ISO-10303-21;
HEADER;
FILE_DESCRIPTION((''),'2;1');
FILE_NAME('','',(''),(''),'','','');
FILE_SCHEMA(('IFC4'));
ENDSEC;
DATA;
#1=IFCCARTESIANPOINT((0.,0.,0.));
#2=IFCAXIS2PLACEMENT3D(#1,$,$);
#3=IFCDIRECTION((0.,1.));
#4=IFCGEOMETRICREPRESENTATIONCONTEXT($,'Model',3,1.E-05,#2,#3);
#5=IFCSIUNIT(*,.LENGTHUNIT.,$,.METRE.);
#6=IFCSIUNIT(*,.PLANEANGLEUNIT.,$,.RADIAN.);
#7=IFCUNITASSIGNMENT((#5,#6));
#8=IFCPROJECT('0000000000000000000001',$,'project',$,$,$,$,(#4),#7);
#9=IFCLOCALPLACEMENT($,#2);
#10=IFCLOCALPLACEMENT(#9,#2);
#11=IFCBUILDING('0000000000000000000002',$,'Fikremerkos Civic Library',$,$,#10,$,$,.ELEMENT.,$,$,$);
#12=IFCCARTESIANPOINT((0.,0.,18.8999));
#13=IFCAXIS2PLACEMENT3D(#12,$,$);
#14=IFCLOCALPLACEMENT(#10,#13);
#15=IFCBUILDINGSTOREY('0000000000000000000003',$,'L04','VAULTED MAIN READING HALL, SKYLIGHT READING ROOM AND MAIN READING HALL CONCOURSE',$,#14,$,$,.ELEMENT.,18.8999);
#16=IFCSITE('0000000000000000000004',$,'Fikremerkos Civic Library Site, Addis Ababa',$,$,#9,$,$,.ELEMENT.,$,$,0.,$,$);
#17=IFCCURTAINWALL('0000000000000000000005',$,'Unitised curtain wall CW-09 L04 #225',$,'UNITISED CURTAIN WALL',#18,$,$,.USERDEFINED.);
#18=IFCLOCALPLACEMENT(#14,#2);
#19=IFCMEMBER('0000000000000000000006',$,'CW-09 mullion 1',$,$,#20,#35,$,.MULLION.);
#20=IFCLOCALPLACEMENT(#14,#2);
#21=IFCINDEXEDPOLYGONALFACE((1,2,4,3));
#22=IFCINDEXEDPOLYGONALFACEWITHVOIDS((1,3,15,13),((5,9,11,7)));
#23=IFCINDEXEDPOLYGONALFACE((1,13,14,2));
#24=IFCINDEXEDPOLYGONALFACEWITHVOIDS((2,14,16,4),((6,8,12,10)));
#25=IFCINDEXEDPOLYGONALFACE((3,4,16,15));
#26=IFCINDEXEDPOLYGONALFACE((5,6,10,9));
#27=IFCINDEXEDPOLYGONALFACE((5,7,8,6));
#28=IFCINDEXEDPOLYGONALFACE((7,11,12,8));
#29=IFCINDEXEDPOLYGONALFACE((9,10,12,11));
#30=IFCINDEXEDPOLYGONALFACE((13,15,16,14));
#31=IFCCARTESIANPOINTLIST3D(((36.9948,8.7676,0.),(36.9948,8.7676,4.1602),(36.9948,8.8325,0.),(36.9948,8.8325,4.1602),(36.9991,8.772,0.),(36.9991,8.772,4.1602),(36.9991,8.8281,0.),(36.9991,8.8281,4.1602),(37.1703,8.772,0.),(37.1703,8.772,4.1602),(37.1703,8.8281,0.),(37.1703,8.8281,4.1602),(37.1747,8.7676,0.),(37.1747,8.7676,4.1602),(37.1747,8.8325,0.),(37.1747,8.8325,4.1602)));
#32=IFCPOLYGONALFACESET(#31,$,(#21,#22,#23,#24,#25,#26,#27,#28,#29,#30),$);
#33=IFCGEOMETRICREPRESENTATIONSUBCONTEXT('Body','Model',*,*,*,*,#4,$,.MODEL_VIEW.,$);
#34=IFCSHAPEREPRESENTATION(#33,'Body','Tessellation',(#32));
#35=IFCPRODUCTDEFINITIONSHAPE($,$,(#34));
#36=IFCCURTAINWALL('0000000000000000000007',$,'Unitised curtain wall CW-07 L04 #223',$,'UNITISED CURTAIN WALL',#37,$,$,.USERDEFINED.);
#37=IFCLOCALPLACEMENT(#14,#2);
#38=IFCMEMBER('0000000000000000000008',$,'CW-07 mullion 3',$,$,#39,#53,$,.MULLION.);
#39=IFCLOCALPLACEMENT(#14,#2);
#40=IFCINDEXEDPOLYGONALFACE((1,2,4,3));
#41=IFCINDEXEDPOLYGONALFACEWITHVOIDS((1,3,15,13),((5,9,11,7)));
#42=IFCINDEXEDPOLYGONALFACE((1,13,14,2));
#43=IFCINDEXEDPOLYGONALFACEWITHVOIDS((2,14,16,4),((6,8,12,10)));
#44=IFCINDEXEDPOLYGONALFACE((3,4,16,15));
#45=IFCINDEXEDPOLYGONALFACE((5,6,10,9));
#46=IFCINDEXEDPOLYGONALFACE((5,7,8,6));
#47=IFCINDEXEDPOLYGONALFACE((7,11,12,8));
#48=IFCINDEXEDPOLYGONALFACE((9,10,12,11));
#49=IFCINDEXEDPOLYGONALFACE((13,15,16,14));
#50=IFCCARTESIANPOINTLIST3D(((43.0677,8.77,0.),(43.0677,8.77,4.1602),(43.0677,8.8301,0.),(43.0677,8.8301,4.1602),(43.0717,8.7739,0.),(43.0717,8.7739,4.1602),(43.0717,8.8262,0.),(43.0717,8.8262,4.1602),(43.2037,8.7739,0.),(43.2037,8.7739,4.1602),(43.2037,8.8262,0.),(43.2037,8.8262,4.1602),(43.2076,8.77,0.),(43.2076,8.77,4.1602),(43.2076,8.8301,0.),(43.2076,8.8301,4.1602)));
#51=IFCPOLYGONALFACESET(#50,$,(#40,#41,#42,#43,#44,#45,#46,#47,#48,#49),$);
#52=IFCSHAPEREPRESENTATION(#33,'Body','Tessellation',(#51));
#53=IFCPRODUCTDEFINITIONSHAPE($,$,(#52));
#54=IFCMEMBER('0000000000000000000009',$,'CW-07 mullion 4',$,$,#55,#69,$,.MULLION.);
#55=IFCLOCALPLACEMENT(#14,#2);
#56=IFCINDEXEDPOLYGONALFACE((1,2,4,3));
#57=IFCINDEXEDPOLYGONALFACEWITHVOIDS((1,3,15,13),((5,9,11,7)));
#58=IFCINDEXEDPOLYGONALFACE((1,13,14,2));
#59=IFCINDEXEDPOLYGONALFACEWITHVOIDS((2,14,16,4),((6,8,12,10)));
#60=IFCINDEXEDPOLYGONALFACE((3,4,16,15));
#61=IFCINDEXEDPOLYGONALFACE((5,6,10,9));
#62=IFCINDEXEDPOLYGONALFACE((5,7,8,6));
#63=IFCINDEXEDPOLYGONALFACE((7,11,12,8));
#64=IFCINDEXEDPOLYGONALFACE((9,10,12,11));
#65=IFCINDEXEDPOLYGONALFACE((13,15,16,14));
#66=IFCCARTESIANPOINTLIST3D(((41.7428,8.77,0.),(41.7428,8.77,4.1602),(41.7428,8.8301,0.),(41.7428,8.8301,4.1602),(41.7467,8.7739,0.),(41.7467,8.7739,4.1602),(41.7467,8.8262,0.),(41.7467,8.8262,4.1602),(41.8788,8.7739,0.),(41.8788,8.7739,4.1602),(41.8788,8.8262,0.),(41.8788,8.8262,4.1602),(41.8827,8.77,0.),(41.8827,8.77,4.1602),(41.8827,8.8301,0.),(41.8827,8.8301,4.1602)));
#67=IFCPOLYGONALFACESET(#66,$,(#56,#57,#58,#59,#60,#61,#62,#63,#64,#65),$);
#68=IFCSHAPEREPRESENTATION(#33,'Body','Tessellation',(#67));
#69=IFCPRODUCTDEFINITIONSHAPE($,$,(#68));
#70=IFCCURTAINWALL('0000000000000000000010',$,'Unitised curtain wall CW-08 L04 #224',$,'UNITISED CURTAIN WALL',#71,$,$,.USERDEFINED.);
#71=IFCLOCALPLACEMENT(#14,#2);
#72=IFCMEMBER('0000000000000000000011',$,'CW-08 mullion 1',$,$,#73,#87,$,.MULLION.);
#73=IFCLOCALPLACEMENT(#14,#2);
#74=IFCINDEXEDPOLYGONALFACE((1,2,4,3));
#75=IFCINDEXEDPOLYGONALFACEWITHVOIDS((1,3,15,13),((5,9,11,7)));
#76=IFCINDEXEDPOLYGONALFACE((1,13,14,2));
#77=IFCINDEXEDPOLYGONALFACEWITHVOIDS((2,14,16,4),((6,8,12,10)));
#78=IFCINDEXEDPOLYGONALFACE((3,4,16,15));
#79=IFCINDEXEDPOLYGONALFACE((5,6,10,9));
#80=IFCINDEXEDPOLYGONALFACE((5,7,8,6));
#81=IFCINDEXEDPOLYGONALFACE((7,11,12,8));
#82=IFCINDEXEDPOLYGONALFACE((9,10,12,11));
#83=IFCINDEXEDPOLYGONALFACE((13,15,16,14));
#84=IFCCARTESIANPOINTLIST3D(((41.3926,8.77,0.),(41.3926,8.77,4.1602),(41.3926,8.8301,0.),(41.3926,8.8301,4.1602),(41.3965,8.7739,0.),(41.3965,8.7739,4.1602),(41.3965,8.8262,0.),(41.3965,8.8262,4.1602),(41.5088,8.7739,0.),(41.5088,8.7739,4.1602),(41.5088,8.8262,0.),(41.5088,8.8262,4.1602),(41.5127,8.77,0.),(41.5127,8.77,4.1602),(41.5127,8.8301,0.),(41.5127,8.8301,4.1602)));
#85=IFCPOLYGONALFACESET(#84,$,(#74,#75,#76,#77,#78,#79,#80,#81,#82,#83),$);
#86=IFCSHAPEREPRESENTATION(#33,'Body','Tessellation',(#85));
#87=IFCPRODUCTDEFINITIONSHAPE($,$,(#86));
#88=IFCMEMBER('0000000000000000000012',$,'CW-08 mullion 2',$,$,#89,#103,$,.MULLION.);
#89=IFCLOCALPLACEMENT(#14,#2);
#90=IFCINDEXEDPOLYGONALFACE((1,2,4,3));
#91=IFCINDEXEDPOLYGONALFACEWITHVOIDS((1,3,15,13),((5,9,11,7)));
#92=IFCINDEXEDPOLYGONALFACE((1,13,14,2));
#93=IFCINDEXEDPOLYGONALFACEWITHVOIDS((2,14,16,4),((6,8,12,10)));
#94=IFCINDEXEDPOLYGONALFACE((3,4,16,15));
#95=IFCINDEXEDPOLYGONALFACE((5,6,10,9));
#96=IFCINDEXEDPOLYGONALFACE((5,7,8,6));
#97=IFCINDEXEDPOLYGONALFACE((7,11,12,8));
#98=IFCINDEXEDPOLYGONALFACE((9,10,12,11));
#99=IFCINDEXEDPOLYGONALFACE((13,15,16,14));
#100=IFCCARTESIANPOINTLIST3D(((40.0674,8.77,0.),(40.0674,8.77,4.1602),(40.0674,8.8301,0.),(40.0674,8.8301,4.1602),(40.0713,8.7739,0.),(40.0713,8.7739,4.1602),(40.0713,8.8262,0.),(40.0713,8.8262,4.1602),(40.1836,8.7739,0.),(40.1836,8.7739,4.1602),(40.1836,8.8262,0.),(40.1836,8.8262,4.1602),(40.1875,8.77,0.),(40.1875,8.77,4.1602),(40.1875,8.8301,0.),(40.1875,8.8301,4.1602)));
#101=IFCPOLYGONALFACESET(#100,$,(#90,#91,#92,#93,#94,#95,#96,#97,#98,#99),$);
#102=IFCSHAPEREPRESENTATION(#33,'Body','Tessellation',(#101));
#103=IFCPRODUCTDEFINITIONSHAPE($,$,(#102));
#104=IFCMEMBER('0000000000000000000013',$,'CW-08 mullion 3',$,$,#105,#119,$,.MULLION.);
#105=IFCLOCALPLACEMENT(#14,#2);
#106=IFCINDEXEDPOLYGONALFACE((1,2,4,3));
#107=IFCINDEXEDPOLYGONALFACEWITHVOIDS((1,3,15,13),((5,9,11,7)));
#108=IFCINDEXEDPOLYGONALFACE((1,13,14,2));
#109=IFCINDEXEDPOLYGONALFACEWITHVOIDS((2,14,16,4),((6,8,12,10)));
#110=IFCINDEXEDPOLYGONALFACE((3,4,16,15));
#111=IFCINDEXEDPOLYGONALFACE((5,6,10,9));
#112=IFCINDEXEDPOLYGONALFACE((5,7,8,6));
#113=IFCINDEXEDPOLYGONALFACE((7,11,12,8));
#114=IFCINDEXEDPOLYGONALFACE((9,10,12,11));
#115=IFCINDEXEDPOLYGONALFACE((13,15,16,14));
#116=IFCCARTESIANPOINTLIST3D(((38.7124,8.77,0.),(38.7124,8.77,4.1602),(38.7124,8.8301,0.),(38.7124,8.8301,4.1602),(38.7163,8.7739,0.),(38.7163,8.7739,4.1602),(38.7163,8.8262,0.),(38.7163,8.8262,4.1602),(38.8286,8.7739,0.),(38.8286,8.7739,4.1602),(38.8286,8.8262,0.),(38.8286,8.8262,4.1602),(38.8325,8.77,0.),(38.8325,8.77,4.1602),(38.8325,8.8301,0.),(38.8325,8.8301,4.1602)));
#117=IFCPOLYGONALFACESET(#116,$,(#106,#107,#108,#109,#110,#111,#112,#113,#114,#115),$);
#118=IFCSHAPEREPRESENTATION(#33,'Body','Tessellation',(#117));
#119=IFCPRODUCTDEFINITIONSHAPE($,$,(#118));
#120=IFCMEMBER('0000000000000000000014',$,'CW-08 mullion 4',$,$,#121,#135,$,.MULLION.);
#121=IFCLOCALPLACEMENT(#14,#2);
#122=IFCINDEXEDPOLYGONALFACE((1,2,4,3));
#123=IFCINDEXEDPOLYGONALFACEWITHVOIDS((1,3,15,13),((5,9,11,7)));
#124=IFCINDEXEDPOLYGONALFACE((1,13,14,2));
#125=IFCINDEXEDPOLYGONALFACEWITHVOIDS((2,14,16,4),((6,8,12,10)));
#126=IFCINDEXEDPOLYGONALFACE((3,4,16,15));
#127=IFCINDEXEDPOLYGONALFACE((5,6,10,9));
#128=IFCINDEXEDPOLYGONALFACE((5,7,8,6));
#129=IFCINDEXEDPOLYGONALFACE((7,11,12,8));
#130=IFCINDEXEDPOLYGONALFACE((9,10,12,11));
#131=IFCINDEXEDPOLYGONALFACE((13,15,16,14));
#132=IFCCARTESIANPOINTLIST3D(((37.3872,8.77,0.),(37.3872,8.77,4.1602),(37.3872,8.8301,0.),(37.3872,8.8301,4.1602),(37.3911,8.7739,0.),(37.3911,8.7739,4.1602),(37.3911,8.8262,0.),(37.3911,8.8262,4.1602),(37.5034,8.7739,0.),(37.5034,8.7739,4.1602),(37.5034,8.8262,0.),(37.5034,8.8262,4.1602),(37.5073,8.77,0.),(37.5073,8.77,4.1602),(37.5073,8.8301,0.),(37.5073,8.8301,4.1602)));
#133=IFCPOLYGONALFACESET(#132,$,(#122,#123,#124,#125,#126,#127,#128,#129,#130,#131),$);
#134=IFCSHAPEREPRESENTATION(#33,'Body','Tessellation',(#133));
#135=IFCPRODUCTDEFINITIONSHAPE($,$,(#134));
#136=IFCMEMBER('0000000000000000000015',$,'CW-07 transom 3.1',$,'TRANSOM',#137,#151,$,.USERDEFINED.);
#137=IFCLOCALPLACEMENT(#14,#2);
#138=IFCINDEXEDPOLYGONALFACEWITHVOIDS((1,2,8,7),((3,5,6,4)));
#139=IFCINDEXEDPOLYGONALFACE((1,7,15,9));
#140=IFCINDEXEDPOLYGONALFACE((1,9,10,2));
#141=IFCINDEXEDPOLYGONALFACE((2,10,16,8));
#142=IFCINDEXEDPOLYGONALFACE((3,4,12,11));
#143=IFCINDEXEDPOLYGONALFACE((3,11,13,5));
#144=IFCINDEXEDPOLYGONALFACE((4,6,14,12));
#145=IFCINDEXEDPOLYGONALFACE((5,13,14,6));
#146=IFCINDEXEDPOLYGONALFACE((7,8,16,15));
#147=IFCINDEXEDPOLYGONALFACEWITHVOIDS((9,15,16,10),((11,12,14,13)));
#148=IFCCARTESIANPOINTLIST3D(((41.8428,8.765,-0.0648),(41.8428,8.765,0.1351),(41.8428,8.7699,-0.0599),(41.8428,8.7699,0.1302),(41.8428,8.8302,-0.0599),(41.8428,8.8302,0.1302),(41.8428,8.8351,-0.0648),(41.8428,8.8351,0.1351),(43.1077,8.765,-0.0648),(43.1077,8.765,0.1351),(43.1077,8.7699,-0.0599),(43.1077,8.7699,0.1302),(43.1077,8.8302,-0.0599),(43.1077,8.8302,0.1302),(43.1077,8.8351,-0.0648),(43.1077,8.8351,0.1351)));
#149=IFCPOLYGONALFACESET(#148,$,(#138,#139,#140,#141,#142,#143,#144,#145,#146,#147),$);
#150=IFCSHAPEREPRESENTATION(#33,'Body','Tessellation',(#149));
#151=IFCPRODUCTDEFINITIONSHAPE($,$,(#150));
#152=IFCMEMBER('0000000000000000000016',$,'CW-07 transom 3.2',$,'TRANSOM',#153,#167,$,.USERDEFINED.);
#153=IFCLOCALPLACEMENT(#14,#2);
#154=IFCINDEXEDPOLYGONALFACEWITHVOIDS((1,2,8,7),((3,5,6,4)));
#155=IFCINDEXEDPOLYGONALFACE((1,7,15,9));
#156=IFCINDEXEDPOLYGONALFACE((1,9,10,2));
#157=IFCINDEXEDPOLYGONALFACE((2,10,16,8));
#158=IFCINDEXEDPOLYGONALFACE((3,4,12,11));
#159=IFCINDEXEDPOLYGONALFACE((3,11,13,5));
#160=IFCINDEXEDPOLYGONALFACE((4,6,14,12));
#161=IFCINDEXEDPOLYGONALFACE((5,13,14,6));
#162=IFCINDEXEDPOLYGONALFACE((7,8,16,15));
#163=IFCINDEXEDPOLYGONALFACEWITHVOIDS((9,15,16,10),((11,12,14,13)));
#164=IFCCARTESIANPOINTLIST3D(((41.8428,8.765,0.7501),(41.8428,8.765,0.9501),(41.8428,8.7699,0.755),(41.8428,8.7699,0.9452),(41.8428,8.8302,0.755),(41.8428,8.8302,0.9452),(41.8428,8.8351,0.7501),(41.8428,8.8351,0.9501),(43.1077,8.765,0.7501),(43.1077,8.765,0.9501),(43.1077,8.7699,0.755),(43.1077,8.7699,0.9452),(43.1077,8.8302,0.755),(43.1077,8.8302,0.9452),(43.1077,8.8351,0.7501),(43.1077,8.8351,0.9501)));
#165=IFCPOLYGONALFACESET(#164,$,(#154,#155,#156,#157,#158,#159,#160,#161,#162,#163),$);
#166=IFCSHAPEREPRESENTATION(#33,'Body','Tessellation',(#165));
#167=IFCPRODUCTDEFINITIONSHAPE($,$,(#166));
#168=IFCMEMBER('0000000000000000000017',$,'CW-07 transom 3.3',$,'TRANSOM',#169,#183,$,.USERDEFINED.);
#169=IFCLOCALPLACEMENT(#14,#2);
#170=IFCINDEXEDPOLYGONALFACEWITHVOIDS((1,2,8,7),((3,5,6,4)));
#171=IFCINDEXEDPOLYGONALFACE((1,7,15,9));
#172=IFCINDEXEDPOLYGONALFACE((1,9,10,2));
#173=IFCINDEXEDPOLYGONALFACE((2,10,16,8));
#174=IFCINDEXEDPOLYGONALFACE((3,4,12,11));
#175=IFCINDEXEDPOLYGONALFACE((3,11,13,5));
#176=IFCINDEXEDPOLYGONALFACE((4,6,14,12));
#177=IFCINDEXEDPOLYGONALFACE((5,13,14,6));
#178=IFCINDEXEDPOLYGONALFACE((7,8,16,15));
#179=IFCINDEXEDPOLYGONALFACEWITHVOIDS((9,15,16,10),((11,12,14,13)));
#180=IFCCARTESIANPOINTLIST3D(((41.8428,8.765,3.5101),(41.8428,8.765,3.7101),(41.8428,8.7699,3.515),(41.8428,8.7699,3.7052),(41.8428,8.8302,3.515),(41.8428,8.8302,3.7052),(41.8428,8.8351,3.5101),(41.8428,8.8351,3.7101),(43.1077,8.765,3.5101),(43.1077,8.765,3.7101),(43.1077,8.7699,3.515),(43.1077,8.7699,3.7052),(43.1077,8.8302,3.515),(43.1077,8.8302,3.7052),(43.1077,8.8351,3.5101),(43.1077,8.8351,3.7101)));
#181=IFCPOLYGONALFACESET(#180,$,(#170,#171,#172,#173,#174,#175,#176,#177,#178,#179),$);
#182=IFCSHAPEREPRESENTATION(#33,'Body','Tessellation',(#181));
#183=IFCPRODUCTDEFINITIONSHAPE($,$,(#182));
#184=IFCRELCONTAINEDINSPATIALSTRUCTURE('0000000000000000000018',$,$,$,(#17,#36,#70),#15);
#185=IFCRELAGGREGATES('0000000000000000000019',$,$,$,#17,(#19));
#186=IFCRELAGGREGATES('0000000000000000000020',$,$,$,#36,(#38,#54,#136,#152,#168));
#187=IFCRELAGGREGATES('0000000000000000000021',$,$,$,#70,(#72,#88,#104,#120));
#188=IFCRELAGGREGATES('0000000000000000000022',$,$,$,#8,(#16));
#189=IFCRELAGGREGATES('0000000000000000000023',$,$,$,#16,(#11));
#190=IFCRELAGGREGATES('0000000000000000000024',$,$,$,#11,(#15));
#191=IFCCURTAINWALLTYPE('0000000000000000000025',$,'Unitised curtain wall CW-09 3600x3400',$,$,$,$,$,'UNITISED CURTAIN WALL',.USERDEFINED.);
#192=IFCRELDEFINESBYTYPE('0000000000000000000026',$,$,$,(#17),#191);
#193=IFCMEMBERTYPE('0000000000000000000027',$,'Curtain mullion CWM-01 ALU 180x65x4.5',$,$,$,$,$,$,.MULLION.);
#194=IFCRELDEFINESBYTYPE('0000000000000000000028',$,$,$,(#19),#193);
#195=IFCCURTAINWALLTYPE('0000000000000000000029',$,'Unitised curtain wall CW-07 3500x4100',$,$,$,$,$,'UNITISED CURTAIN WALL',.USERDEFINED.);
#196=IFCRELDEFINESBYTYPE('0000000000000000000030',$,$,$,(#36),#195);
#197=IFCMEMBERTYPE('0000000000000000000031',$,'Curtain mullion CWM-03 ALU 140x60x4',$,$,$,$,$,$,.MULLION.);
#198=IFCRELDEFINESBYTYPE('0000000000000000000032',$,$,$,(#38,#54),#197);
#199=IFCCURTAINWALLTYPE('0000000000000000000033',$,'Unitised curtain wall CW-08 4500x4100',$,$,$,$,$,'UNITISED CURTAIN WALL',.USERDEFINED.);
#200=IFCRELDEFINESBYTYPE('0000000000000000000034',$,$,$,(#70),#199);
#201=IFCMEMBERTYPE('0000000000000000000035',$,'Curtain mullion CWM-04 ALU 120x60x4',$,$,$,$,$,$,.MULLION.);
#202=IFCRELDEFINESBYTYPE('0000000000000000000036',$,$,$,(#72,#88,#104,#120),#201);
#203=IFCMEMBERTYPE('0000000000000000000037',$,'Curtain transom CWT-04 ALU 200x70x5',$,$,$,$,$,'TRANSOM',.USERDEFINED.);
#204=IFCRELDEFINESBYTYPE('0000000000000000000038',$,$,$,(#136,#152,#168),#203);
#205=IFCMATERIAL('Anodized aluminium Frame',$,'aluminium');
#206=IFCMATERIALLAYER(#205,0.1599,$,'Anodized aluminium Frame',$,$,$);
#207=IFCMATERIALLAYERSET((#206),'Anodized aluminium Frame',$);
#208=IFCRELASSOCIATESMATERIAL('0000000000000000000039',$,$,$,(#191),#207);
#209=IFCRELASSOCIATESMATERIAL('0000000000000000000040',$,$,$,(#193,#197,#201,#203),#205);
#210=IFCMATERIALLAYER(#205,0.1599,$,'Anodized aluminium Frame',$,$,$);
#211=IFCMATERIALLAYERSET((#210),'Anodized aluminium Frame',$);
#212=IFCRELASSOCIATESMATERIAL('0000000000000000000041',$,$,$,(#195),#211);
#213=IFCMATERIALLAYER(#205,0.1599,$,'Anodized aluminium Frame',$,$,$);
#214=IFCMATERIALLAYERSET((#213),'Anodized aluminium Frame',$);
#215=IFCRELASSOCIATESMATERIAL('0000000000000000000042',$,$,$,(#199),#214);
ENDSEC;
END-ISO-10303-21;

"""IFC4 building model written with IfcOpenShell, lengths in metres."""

from ifc_helpers import new_model, si_unit, direction, frame, origin, origin_2d, place, context, subcontext, project, spatial, hollow_rectangle, extrude, material, layer, layer_set, material_profile, profile_set, type_object, element, aggregate, save


model = new_model("IFC4")

# Units and contexts
model_context = context("Model", 3, precision=1e-05, world=origin(), true_north=direction((0.0, 1.0)))
body_context = subcontext(model_context, "Body", "Model", "MODEL_VIEW")
ifc_project = project(units=[si_unit("LENGTHUNIT", "METRE"), si_unit("PLANEANGLEUNIT", "RADIAN")], contexts=[model_context])

# Site, building, storey
site_placement = place(None, origin())
site = spatial("IfcSite", under=ifc_project, at=site_placement, Name="Fikremerkos Civic Library Site, Addis Ababa", CompositionType="ELEMENT", RefElevation=0.0)
building_placement = place(site_placement, origin())
building = spatial("IfcBuilding", under=site, at=building_placement, Name="Fikremerkos Civic Library", CompositionType="ELEMENT")
storey_placement = place(building_placement, frame((0.0, 0.0, 18.8999)))
storey = spatial("IfcBuildingStorey", under=building, at=storey_placement, Name="L04", Description="VAULTED MAIN READING HALL, SKYLIGHT READING ROOM AND MAIN READING HALL CONCOURSE", CompositionType="ELEMENT", Elevation=18.8999)

# Curtain wall, member
ifc_material_1 = material(Name="Anodized aluminium Frame", Category="aluminium")
ifc_layer_1 = layer(ifc_material_1, 0.1599, Name="Anodized aluminium Frame")
ifc_layer_set_1 = layer_set([ifc_layer_1], Name="Anodized aluminium Frame")
curtain_wall_type_1 = type_object("IfcCurtainWallType", Name="Unitised curtain wall CW-09 3600x3400", ElementType="UNITISED CURTAIN WALL", PredefinedType="USERDEFINED", material=ifc_layer_set_1)
curtain_wall_1_placement = place(storey_placement, origin())
curtain_wall_1 = element("IfcCurtainWall", 1, at=curtain_wall_1_placement, inside=storey, type_object=curtain_wall_type_1, Name="Unitised curtain wall CW-09 L04 #225", ObjectType="UNITISED CURTAIN WALL", PredefinedType="USERDEFINED")
ifc_material_profile_1 = material_profile(ifc_material_1, hollow_rectangle(XDim=0.0649, YDim=0.1799, WallThickness=0.0044, at=origin_2d()), Name="ALU 180x65x4.5")
ifc_profile_set_1 = profile_set([ifc_material_profile_1], Name="Anodized aluminium Frame")
member_type_1 = type_object("IfcMemberType", Name="Curtain mullion CWM-01 ALU 180x65x4.5", PredefinedType="MULLION", material=ifc_profile_set_1)
member_1_placement = place(storey_placement, frame((37.0847, 8.8, 0.0), z_axis=(0.0, 0.0, 1.0), x_axis=(0.0, -1.0, 0.0)))
member_1 = element("IfcMember", 2, at=member_1_placement, type_object=member_type_1, Name="CW-09 mullion 1", PredefinedType="MULLION", context=body_context, shape_type="SweptSolid", body=[
    extrude(hollow_rectangle(XDim=0.0649, YDim=0.1799, WallThickness=0.0044, at=origin_2d()), origin(), (0.0, 0.0, 1.0), 4.1602),
])
aggregate(curtain_wall_1, [member_1])

# Curtain walls, members
ifc_layer_2 = layer(ifc_material_1, 0.1599, Name="Anodized aluminium Frame")
ifc_layer_set_2 = layer_set([ifc_layer_2], Name="Anodized aluminium Frame")
curtain_wall_type_2 = type_object("IfcCurtainWallType", Name="Unitised curtain wall CW-07 3500x4100", ElementType="UNITISED CURTAIN WALL", PredefinedType="USERDEFINED", material=ifc_layer_set_2)
curtain_wall_2_placement = place(storey_placement, origin())
curtain_wall_2 = element("IfcCurtainWall", 3, at=curtain_wall_2_placement, inside=storey, type_object=curtain_wall_type_2, Name="Unitised curtain wall CW-07 L04 #223", ObjectType="UNITISED CURTAIN WALL", PredefinedType="USERDEFINED")
ifc_material_profile_2 = material_profile(ifc_material_1, hollow_rectangle(XDim=0.0601, YDim=0.1399, WallThickness=0.0039, at=origin_2d()), Name="ALU 140x60x4")
ifc_profile_set_2 = profile_set([ifc_material_profile_2], Name="Anodized aluminium Frame")
member_type_2 = type_object("IfcMemberType", Name="Curtain mullion CWM-03 ALU 140x60x4", PredefinedType="MULLION", material=ifc_profile_set_2)
member_2_placement = place(storey_placement, frame((43.1377, 8.8, 0.0), z_axis=(0.0, 0.0, 1.0), x_axis=(0.0, -1.0, 0.0)))
member_2 = element("IfcMember", 4, at=member_2_placement, type_object=member_type_2, Name="CW-07 mullion 3", PredefinedType="MULLION", context=body_context, shape_type="SweptSolid", body=[
    extrude(hollow_rectangle(XDim=0.0601, YDim=0.1399, WallThickness=0.0039, at=origin_2d()), origin(), (0.0, 0.0, 1.0), 4.1602),
])
member_3_placement = place(storey_placement, frame((41.8127, 8.8, 0.0), z_axis=(0.0, 0.0, 1.0), x_axis=(0.0, -1.0, 0.0)))
member_3 = element("IfcMember", 5, at=member_3_placement, type_object=member_type_2, Name="CW-07 mullion 4", PredefinedType="MULLION", context=body_context, shape_type="SweptSolid", body=[
    extrude(hollow_rectangle(XDim=0.0601, YDim=0.1399, WallThickness=0.0039, at=origin_2d()), origin(), (0.0, 0.0, 1.0), 4.1602),
])
ifc_layer_3 = layer(ifc_material_1, 0.1599, Name="Anodized aluminium Frame")
ifc_layer_set_3 = layer_set([ifc_layer_3], Name="Anodized aluminium Frame")
curtain_wall_type_3 = type_object("IfcCurtainWallType", Name="Unitised curtain wall CW-08 4500x4100", ElementType="UNITISED CURTAIN WALL", PredefinedType="USERDEFINED", material=ifc_layer_set_3)
curtain_wall_3_placement = place(storey_placement, origin())
curtain_wall_3 = element("IfcCurtainWall", 6, at=curtain_wall_3_placement, inside=storey, type_object=curtain_wall_type_3, Name="Unitised curtain wall CW-08 L04 #224", ObjectType="UNITISED CURTAIN WALL", PredefinedType="USERDEFINED")
ifc_material_profile_3 = material_profile(ifc_material_1, hollow_rectangle(XDim=0.0601, YDim=0.1201, WallThickness=0.0039, at=origin_2d()), Name="ALU 120x60x4")
ifc_profile_set_3 = profile_set([ifc_material_profile_3], Name="Anodized aluminium Frame")
member_type_3 = type_object("IfcMemberType", Name="Curtain mullion CWM-04 ALU 120x60x4", PredefinedType="MULLION", material=ifc_profile_set_3)
member_4_placement = place(storey_placement, frame((41.4526, 8.8, 0.0), z_axis=(0.0, 0.0, 1.0), x_axis=(0.0, -1.0, 0.0)))
member_4 = element("IfcMember", 7, at=member_4_placement, type_object=member_type_3, Name="CW-08 mullion 1", PredefinedType="MULLION", context=body_context, shape_type="SweptSolid", body=[
    extrude(hollow_rectangle(XDim=0.0601, YDim=0.1201, WallThickness=0.0039, at=origin_2d()), origin(), (0.0, 0.0, 1.0), 4.1602),
])
member_5_placement = place(storey_placement, frame((40.1274, 8.8, 0.0), z_axis=(0.0, 0.0, 1.0), x_axis=(0.0, -1.0, 0.0)))
member_5 = element("IfcMember", 8, at=member_5_placement, type_object=member_type_3, Name="CW-08 mullion 2", PredefinedType="MULLION", context=body_context, shape_type="SweptSolid", body=[
    extrude(hollow_rectangle(XDim=0.0601, YDim=0.1201, WallThickness=0.0039, at=origin_2d()), origin(), (0.0, 0.0, 1.0), 4.1602),
])
member_6_placement = place(storey_placement, frame((38.7725, 8.8, 0.0), z_axis=(0.0, 0.0, 1.0), x_axis=(0.0, -1.0, 0.0)))
member_6 = element("IfcMember", 9, at=member_6_placement, type_object=member_type_3, Name="CW-08 mullion 3", PredefinedType="MULLION", context=body_context, shape_type="SweptSolid", body=[
    extrude(hollow_rectangle(XDim=0.0601, YDim=0.1201, WallThickness=0.0039, at=origin_2d()), origin(), (0.0, 0.0, 1.0), 4.1602),
])
member_7_placement = place(storey_placement, frame((37.4473, 8.8, 0.0), z_axis=(0.0, 0.0, 1.0), x_axis=(0.0, -1.0, 0.0)))
member_7 = element("IfcMember", 10, at=member_7_placement, type_object=member_type_3, Name="CW-08 mullion 4", PredefinedType="MULLION", context=body_context, shape_type="SweptSolid", body=[
    extrude(hollow_rectangle(XDim=0.0601, YDim=0.1201, WallThickness=0.0039, at=origin_2d()), origin(), (0.0, 0.0, 1.0), 4.1602),
])

# Members
ifc_material_profile_4 = material_profile(ifc_material_1, hollow_rectangle(XDim=0.0701, YDim=0.2, WallThickness=0.0049, at=origin_2d()), Name="ALU 200x70x5")
ifc_profile_set_4 = profile_set([ifc_material_profile_4], Name="Anodized aluminium Frame")
member_type_4 = type_object("IfcMemberType", Name="Curtain transom CWT-04 ALU 200x70x5", ElementType="TRANSOM", PredefinedType="USERDEFINED", material=ifc_profile_set_4)
member_8_placement = place(storey_placement, frame((43.1077, 8.8, 0.0352), z_axis=(-1.0, 0.0, 0.0), x_axis=(0.0, -1.0, 0.0)))
member_8 = element("IfcMember", 11, at=member_8_placement, type_object=member_type_4, Name="CW-07 transom 3.1", ObjectType="TRANSOM", PredefinedType="USERDEFINED", context=body_context, shape_type="SweptSolid", body=[
    extrude(hollow_rectangle(XDim=0.0701, YDim=0.2, WallThickness=0.0049, at=origin_2d()), origin(), (0.0, 0.0, 1.0), 1.2649),
])
member_9_placement = place(storey_placement, frame((43.1077, 8.8, 0.8501), z_axis=(-1.0, 0.0, 0.0), x_axis=(0.0, -1.0, 0.0)))
member_9 = element("IfcMember", 12, at=member_9_placement, type_object=member_type_4, Name="CW-07 transom 3.2", ObjectType="TRANSOM", PredefinedType="USERDEFINED", context=body_context, shape_type="SweptSolid", body=[
    extrude(hollow_rectangle(XDim=0.0701, YDim=0.2, WallThickness=0.0049, at=origin_2d()), origin(), (0.0, 0.0, 1.0), 1.2649),
])
member_10_placement = place(storey_placement, frame((43.1077, 8.8, 3.6101), z_axis=(-1.0, 0.0, 0.0), x_axis=(0.0, -1.0, 0.0)))
member_10 = element("IfcMember", 13, at=member_10_placement, type_object=member_type_4, Name="CW-07 transom 3.3", ObjectType="TRANSOM", PredefinedType="USERDEFINED", context=body_context, shape_type="SweptSolid", body=[
    extrude(hollow_rectangle(XDim=0.0701, YDim=0.2, WallThickness=0.0049, at=origin_2d()), origin(), (0.0, 0.0, 1.0), 1.2649),
])

aggregate(curtain_wall_2, [member_2, member_3, member_8, member_9, member_10])
aggregate(curtain_wall_3, [member_4, member_5, member_6, member_7])

save(model, "model.ifc")
